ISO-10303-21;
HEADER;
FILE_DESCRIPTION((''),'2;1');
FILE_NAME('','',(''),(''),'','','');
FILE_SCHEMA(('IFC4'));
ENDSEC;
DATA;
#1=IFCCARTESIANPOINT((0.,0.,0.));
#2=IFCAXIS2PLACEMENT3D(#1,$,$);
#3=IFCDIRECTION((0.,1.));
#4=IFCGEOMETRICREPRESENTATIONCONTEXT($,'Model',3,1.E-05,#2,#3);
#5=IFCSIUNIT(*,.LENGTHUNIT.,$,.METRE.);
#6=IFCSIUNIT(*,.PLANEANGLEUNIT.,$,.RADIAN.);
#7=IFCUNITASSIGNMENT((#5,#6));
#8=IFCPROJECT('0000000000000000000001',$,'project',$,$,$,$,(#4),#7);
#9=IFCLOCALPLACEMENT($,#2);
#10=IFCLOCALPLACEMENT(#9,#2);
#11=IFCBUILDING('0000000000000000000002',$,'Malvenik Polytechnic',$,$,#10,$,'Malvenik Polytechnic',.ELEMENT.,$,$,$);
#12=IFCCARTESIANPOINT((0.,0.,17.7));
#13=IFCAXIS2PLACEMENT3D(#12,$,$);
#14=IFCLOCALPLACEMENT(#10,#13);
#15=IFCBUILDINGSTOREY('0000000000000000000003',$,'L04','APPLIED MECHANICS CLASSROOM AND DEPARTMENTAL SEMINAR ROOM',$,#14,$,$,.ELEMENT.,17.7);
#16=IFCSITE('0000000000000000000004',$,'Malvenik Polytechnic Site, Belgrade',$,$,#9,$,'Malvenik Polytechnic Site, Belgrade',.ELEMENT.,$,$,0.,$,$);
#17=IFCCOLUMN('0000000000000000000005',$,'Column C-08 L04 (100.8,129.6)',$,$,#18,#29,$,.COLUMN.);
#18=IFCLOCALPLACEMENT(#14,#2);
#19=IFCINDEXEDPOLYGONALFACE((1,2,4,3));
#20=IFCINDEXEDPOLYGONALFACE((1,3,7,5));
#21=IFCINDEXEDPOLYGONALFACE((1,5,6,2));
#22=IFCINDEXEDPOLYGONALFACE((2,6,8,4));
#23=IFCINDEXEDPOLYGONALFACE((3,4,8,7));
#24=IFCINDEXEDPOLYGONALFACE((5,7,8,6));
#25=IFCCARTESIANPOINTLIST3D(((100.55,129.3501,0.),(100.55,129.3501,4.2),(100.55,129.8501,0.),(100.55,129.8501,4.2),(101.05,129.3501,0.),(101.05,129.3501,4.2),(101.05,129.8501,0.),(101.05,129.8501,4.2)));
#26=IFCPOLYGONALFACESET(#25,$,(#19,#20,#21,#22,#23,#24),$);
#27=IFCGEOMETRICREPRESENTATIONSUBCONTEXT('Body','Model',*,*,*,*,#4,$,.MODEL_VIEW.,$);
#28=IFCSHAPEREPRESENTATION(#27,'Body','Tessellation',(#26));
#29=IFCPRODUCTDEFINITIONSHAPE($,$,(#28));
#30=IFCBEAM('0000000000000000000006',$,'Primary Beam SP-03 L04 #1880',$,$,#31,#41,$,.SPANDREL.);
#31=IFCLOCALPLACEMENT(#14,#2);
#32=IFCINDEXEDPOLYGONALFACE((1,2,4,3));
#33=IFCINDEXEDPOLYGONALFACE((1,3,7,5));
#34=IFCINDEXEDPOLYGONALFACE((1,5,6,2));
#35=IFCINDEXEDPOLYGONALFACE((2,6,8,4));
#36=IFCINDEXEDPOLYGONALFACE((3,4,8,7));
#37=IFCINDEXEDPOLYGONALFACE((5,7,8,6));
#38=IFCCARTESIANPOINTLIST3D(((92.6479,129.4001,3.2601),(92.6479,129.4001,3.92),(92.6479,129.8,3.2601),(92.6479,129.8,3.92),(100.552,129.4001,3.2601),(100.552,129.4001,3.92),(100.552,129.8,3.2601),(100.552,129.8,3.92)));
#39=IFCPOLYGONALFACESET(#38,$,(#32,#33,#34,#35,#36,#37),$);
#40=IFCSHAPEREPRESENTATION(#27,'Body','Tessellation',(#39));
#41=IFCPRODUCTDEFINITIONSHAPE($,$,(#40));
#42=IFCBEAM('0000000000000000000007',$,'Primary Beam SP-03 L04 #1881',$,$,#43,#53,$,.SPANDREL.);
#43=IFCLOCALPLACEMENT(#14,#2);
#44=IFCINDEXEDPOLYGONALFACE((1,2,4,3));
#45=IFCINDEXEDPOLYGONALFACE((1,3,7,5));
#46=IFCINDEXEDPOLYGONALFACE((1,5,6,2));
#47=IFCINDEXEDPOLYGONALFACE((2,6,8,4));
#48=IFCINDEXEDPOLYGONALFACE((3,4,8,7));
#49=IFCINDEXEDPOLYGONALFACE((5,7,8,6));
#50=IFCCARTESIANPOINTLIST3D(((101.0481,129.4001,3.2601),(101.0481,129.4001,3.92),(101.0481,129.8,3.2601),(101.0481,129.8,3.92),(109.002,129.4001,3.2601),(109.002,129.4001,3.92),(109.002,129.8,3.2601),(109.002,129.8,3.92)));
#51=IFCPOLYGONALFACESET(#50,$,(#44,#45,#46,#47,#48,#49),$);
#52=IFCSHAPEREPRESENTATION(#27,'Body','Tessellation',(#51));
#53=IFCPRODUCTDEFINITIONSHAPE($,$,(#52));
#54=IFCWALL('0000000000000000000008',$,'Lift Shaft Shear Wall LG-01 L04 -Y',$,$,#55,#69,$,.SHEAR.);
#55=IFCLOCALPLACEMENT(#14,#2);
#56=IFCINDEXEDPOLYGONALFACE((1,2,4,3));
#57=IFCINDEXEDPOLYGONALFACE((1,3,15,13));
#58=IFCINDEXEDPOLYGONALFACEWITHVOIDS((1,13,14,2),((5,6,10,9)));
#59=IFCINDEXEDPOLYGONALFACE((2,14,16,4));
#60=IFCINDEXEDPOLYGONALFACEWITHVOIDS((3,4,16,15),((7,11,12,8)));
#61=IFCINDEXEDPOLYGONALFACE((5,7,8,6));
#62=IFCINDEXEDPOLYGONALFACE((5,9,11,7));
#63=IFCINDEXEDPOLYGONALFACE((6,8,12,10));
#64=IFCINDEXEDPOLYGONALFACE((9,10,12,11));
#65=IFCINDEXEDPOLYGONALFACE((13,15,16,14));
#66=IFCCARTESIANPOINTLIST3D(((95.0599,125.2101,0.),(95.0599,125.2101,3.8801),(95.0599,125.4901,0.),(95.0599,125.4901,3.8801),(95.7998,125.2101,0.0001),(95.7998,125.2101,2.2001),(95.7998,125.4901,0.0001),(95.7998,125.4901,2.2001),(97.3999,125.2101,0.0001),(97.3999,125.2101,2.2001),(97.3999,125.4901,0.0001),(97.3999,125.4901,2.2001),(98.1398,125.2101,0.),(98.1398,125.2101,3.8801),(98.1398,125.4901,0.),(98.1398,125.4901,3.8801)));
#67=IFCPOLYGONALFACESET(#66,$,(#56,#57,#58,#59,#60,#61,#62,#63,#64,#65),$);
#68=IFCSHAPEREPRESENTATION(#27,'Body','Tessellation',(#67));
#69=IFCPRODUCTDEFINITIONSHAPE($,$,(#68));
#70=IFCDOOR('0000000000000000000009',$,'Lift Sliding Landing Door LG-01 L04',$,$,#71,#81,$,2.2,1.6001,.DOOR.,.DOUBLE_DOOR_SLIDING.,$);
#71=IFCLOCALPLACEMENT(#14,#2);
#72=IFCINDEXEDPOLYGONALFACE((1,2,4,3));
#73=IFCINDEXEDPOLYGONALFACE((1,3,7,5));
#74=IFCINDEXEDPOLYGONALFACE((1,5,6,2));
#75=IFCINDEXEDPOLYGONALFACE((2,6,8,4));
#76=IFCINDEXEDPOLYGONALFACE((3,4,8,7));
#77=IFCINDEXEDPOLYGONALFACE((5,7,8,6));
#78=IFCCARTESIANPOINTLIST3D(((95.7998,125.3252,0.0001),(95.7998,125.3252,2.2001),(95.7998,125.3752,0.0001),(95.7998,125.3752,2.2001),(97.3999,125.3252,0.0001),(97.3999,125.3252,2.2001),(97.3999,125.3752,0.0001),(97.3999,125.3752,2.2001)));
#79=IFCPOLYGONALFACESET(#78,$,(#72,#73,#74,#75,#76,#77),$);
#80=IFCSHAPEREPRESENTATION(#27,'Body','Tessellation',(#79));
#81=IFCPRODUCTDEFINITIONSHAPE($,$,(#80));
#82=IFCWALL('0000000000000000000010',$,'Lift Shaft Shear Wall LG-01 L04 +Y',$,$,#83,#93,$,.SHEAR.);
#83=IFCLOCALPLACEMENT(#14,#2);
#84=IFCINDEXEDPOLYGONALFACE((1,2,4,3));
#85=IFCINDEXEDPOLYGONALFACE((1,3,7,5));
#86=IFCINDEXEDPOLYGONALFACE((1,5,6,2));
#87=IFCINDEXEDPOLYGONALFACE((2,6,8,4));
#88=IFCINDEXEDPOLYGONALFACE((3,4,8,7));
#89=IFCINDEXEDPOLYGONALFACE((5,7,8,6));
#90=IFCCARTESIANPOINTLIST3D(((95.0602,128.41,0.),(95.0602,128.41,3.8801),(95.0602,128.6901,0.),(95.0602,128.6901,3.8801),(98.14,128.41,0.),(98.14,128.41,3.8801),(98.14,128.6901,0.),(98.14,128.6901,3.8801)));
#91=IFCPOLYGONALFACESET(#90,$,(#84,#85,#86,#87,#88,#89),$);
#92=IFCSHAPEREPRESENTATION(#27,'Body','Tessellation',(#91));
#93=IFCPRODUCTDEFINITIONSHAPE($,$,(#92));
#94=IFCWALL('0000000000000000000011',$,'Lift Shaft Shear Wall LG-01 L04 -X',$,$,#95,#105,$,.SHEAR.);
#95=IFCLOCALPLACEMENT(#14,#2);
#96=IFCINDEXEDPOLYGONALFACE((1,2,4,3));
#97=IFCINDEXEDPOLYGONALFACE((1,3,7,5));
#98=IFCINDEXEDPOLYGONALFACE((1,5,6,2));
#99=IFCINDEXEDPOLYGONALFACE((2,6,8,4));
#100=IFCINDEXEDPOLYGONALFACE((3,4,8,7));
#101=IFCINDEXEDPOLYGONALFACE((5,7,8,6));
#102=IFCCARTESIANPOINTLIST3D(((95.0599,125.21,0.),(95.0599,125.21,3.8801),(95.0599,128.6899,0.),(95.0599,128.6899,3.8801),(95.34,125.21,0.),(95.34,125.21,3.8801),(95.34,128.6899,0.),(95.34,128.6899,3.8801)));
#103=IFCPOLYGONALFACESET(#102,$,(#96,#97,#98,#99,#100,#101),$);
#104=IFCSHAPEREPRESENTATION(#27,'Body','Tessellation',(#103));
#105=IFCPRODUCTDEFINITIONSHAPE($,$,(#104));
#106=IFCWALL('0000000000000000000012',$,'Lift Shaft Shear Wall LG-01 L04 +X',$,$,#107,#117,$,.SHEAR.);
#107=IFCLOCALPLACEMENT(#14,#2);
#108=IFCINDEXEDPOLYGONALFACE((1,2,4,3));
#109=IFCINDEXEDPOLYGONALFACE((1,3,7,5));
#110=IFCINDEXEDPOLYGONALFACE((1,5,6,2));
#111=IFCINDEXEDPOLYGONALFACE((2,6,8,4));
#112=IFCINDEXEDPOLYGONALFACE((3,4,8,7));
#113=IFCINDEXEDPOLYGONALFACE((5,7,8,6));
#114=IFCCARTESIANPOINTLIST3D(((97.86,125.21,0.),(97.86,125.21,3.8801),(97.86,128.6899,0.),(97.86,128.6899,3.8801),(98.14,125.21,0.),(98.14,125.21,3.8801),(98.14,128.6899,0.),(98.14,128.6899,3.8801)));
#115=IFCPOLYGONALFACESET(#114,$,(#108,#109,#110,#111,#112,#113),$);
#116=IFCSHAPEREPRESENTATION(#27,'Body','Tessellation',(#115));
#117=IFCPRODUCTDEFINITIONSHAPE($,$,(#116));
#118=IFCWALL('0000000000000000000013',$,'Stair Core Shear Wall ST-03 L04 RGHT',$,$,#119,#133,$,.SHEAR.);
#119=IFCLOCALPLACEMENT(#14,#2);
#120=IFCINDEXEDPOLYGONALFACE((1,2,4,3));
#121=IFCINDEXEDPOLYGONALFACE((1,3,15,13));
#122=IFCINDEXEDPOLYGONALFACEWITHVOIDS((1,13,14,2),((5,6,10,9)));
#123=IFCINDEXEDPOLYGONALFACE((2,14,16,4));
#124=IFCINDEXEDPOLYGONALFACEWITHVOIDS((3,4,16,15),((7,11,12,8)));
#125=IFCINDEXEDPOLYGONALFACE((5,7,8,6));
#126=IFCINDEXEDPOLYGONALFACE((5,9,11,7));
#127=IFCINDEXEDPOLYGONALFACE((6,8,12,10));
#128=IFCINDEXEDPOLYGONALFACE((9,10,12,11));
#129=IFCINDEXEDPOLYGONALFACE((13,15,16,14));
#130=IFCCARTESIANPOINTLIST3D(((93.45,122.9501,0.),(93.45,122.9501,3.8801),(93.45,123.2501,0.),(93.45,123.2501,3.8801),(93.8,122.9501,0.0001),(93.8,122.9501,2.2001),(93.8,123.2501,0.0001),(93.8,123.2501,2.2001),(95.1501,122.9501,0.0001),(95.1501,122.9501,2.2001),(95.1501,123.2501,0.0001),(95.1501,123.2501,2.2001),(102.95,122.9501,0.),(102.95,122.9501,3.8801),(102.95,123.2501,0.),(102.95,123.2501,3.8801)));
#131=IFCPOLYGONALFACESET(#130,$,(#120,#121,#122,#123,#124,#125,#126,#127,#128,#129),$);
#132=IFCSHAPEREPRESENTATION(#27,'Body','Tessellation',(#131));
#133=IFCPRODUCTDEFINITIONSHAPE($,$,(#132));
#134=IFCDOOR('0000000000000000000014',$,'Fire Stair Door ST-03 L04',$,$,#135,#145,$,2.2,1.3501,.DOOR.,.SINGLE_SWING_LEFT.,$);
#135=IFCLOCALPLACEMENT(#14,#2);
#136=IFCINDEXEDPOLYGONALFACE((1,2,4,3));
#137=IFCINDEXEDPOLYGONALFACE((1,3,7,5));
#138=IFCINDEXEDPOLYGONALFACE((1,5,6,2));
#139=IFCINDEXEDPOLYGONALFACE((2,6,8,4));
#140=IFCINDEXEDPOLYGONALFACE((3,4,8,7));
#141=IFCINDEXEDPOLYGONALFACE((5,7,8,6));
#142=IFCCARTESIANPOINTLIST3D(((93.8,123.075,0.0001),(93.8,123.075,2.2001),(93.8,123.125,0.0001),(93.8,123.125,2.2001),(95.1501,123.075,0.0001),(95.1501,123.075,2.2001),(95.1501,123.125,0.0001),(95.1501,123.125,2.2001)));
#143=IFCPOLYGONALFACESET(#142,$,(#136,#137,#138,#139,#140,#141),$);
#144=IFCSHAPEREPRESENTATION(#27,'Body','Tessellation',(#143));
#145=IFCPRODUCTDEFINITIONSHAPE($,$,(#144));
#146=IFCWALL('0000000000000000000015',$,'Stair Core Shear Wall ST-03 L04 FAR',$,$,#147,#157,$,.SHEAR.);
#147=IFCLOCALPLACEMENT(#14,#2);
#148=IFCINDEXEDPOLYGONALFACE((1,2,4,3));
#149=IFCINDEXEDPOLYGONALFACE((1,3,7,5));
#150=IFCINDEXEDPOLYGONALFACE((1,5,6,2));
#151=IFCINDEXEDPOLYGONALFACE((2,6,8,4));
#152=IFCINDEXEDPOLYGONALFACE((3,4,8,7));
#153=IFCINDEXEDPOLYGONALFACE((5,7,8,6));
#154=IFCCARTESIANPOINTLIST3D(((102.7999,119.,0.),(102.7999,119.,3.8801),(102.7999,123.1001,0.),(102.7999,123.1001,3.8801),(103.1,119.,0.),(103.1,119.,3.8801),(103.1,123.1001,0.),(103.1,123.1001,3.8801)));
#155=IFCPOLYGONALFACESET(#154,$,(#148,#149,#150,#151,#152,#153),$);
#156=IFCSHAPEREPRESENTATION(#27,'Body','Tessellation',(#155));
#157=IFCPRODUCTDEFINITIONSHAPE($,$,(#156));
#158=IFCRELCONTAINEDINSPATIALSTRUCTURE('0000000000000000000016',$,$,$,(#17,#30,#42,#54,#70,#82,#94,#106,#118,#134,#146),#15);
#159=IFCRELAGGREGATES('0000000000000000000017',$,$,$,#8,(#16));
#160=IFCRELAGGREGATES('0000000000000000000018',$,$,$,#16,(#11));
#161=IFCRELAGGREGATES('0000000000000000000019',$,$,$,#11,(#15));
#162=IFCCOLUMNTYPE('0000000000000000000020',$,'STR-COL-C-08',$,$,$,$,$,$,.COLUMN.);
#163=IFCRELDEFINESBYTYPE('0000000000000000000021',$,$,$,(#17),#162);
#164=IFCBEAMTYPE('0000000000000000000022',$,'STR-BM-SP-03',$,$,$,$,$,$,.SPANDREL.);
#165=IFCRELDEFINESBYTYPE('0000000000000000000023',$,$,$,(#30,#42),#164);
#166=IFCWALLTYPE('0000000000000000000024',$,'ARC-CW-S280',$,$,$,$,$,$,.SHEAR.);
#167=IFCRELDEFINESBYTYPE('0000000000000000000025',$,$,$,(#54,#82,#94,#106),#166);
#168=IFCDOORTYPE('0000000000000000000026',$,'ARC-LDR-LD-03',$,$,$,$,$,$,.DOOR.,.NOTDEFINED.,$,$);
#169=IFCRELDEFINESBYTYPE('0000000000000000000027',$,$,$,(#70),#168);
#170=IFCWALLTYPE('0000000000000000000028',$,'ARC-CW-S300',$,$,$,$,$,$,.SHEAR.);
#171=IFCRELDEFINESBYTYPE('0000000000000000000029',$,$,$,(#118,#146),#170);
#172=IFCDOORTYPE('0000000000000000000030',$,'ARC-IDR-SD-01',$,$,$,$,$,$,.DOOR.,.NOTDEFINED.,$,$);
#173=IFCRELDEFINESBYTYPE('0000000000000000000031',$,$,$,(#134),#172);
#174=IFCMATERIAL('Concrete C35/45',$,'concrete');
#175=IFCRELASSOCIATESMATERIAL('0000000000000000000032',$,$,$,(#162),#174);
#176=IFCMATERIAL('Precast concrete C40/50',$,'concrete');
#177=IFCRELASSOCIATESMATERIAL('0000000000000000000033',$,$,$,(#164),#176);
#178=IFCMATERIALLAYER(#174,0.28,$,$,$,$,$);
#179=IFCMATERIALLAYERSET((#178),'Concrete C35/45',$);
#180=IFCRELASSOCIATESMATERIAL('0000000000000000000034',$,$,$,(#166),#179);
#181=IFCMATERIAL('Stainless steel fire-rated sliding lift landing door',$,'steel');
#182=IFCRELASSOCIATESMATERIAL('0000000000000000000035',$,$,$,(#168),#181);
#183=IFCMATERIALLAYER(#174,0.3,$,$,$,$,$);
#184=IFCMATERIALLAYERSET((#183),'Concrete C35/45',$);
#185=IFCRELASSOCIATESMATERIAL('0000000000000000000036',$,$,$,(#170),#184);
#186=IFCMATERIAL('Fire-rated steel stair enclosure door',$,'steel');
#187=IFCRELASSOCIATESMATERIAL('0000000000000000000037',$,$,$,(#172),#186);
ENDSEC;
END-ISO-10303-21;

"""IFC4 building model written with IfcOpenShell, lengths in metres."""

from ifc_helpers import new_model, si_unit, direction, frame, frame_2d, origin, origin_2d, place, context, subcontext, project, spatial, rectangle, extrude, material, layer, layer_set, material_profile, profile_set, type_object, element, fill, save


model = new_model("IFC4")

# Units and contexts
model_context = context("Model", 3, precision=1e-05, world=origin(), true_north=direction((0.0, 1.0)))
body_context = subcontext(model_context, "Body", "Model", "MODEL_VIEW")
ifc_project = project(units=[si_unit("LENGTHUNIT", "METRE"), si_unit("PLANEANGLEUNIT", "RADIAN")], contexts=[model_context])

# Site, building, storey
site_placement = place(None, origin())
site = spatial("IfcSite", under=ifc_project, at=site_placement, Name="Malvenik Polytechnic Site, Belgrade", LongName="Malvenik Polytechnic Site, Belgrade", CompositionType="ELEMENT", RefElevation=0.0)
building_placement = place(site_placement, origin())
building = spatial("IfcBuilding", under=site, at=building_placement, Name="Malvenik Polytechnic", LongName="Malvenik Polytechnic", CompositionType="ELEMENT")
storey_placement = place(building_placement, frame((0.0, 0.0, 17.7)))
storey = spatial("IfcBuildingStorey", under=building, at=storey_placement, Name="L04", Description="APPLIED MECHANICS CLASSROOM AND DEPARTMENTAL SEMINAR ROOM", CompositionType="ELEMENT", Elevation=17.7)

# Column
ifc_material_1 = material(Name="Concrete C35/45", Category="concrete")
ifc_material_profile_1 = material_profile(ifc_material_1, rectangle(XDim=0.5, YDim=0.5, at=origin_2d()), Name="RC COL 500x500")
ifc_profile_set_1 = profile_set([ifc_material_profile_1], Name="Concrete C35/45")
column_type = type_object("IfcColumnType", Name="STR-COL-C-08", PredefinedType="COLUMN", material=ifc_profile_set_1)
column_placement = place(storey_placement, frame((100.8, 129.6001, 0.0), z_axis=(0.0, 0.0, 1.0), x_axis=(1.0, 0.0, 0.0)))
element("IfcColumn", 1, at=column_placement, inside=storey, type_object=column_type, Name="Column C-08 L04 (100.8,129.6)", PredefinedType="COLUMN", context=body_context, shape_type="SweptSolid", body=[
    extrude(rectangle(XDim=0.5, YDim=0.5, at=origin_2d()), origin(), (0.0, 0.0, 1.0), 4.2),
])

# Beams
ifc_material_2 = material(Name="Precast concrete C40/50", Category="concrete")
ifc_material_profile_2 = material_profile(ifc_material_2, rectangle(XDim=0.3999, YDim=0.6599, at=origin_2d()), Name="PC SPN 400x660")
ifc_profile_set_2 = profile_set([ifc_material_profile_2], Name="Precast concrete C40/50")
beam_type = type_object("IfcBeamType", Name="STR-BM-SP-03", PredefinedType="SPANDREL", material=ifc_profile_set_2)
beam_1_placement = place(storey_placement, frame((92.6479, 129.6001, 3.5901), z_axis=(1.0, 0.0, 0.0), x_axis=(0.0, 1.0, 0.0)))
element("IfcBeam", 2, at=beam_1_placement, inside=storey, type_object=beam_type, Name="Primary Beam SP-03 L04 #1880", PredefinedType="SPANDREL", context=body_context, shape_type="SweptSolid", body=[
    extrude(rectangle(XDim=0.3999, YDim=0.6599, at=origin_2d()), origin(), (0.0, 0.0, 1.0), 7.9041),
])
beam_2_placement = place(storey_placement, frame((101.0481, 129.6001, 3.5901), z_axis=(1.0, 0.0, 0.0), x_axis=(0.0, 1.0, 0.0)))
element("IfcBeam", 3, at=beam_2_placement, inside=storey, type_object=beam_type, Name="Primary Beam SP-03 L04 #1881", PredefinedType="SPANDREL", context=body_context, shape_type="SweptSolid", body=[
    extrude(rectangle(XDim=0.3999, YDim=0.6599, at=origin_2d()), origin(), (0.0, 0.0, 1.0), 7.9539),
])

# Wall, opening, door
ifc_layer_1 = layer(ifc_material_1, 0.28)
ifc_layer_set_1 = layer_set([ifc_layer_1], Name="Concrete C35/45")
wall_type_1 = type_object("IfcWallType", Name="ARC-CW-S280", PredefinedType="SHEAR", material=ifc_layer_set_1)
wall_1_placement = place(storey_placement, frame((98.1399, 125.3501, 0.0), z_axis=(0.0, 0.0, 1.0), x_axis=(-1.0, 0.0, 0.0)))
wall_1 = element("IfcWall", 4, at=wall_1_placement, inside=storey, type_object=wall_type_1, Name="Lift Shaft Shear Wall LG-01 L04 -Y", PredefinedType="SHEAR", context=body_context, shape_type="SweptSolid", body=[
    extrude(rectangle(XDim=3.0798, YDim=0.28, at=frame_2d((1.54, 0.0))), origin(), (0.0, 0.0, 1.0), 3.8801),
])
opening_1_placement = place(wall_1_placement, frame((0.74, 0.0, 0.0)))
opening_1 = element("IfcOpeningElement", 5, at=opening_1_placement, cuts=wall_1, PredefinedType="OPENING", context=body_context, shape_type="SweptSolid", body=[
    extrude(rectangle(XDim=1.6001, YDim=2.2, at=frame_2d((0.8, 1.1001))), frame((0.0, 0.1499, 0.0), z_axis=(0.0, -1.0, 0.0), x_axis=(1.0, 0.0, 0.0)), (0.0, 0.0, 1.0), 0.3),
])
ifc_material_3 = material(Name="Stainless steel fire-rated sliding lift landing door", Category="steel")
door_type_1 = type_object("IfcDoorType", Name="ARC-LDR-LD-03", OperationType="NOTDEFINED", PredefinedType="DOOR", material=ifc_material_3)
door_1_placement = place(opening_1_placement, origin())
door_1 = element("IfcDoor", 6, at=door_1_placement, inside=storey, type_object=door_type_1, Name="Lift Sliding Landing Door LG-01 L04", OperationType="DOUBLE_DOOR_SLIDING", OverallHeight=2.2, OverallWidth=1.6001, PredefinedType="DOOR", context=body_context, shape_type="SweptSolid", body=[
    extrude(rectangle(XDim=1.6001, YDim=2.2, at=frame_2d((0.8, 1.1001))), frame((0.0, 0.0249, 0.0), z_axis=(0.0, -1.0, 0.0), x_axis=(1.0, 0.0, 0.0)), (0.0, 0.0, 1.0), 0.05),
])
fill(opening_1, door_1)

# Walls
wall_2_placement = place(storey_placement, frame((95.0601, 128.55, 0.0), z_axis=(0.0, 0.0, 1.0), x_axis=(1.0, 0.0, 0.0)))
element("IfcWall", 7, at=wall_2_placement, inside=storey, type_object=wall_type_1, Name="Lift Shaft Shear Wall LG-01 L04 +Y", PredefinedType="SHEAR", context=body_context, shape_type="SweptSolid", body=[
    extrude(rectangle(XDim=3.0798, YDim=0.28, at=frame_2d((1.54, 0.0))), origin(), (0.0, 0.0, 1.0), 3.8801),
])
for number, where, z_axis, x_axis, name in (
    (8, (95.2, 125.21, 0.0), (0.0, 0.0, 1.0), (0.0, 1.0, 0.0), "Lift Shaft Shear Wall LG-01 L04 -X"),
    (9, (98.0, 128.6899, 0.0), (0.0, 0.0, 1.0), (0.0, -1.0, 0.0), "Lift Shaft Shear Wall LG-01 L04 +X"),
):
    element("IfcWall", number, at=place(storey_placement, frame(where, z_axis=z_axis, x_axis=x_axis)), inside=storey, type_object=wall_type_1, Name=name, PredefinedType="SHEAR", context=body_context, shape_type="SweptSolid", body=[
        extrude(rectangle(XDim=3.48, YDim=0.28, at=frame_2d((1.74, 0.0))), origin(), (0.0, 0.0, 1.0), 3.8801),
    ])

# Wall, opening, door
ifc_layer_2 = layer(ifc_material_1, 0.3)
ifc_layer_set_2 = layer_set([ifc_layer_2], Name="Concrete C35/45")
wall_type_2 = type_object("IfcWallType", Name="ARC-CW-S300", PredefinedType="SHEAR", material=ifc_layer_set_2)
wall_3_placement = place(storey_placement, frame((93.45, 123.1001, 0.0), z_axis=(0.0, 0.0, 1.0), x_axis=(1.0, 0.0, 0.0)))
wall_3 = element("IfcWall", 10, at=wall_3_placement, inside=storey, type_object=wall_type_2, Name="Stair Core Shear Wall ST-03 L04 RGHT", PredefinedType="SHEAR", context=body_context, shape_type="SweptSolid", body=[
    extrude(rectangle(XDim=9.5, YDim=0.3, at=frame_2d((4.75, 0.0))), origin(), (0.0, 0.0, 1.0), 3.8801),
])
opening_2_placement = place(wall_3_placement, frame((0.3501, 0.0, 0.0)))
opening_2 = element("IfcOpeningElement", 11, at=opening_2_placement, cuts=wall_3, PredefinedType="OPENING", context=body_context, shape_type="SweptSolid", body=[
    extrude(rectangle(XDim=1.3501, YDim=2.2, at=frame_2d((0.675, 1.1001))), frame((0.0, 0.1602, 0.0), z_axis=(0.0, -1.0, 0.0), x_axis=(1.0, 0.0, 0.0)), (0.0, 0.0, 1.0), 0.3201),
])
ifc_material_4 = material(Name="Fire-rated steel stair enclosure door", Category="steel")
door_type_2 = type_object("IfcDoorType", Name="ARC-IDR-SD-01", OperationType="NOTDEFINED", PredefinedType="DOOR", material=ifc_material_4)
door_2_placement = place(opening_2_placement, origin())
door_2 = element("IfcDoor", 12, at=door_2_placement, inside=storey, type_object=door_type_2, Name="Fire Stair Door ST-03 L04", OperationType="SINGLE_SWING_LEFT", OverallHeight=2.2, OverallWidth=1.3501, PredefinedType="DOOR", context=body_context, shape_type="SweptSolid", body=[
    extrude(rectangle(XDim=1.3501, YDim=2.2, at=frame_2d((0.675, 1.1001))), frame((0.0, 0.0249, 0.0), z_axis=(0.0, -1.0, 0.0), x_axis=(1.0, 0.0, 0.0)), (0.0, 0.0, 1.0), 0.05),
])
fill(opening_2, door_2)

# Wall
wall_4_placement = place(storey_placement, frame((102.95, 123.1001, 0.0), z_axis=(0.0, 0.0, 1.0), x_axis=(0.0, -1.0, 0.0)))
element("IfcWall", 13, at=wall_4_placement, inside=storey, type_object=wall_type_2, Name="Stair Core Shear Wall ST-03 L04 FAR", PredefinedType="SHEAR", context=body_context, shape_type="SweptSolid", body=[
    extrude(rectangle(XDim=4.1001, YDim=0.3, at=frame_2d((2.05, 0.0))), origin(), (0.0, 0.0, 1.0), 3.8801),
])

save(model, "model.ifc")
